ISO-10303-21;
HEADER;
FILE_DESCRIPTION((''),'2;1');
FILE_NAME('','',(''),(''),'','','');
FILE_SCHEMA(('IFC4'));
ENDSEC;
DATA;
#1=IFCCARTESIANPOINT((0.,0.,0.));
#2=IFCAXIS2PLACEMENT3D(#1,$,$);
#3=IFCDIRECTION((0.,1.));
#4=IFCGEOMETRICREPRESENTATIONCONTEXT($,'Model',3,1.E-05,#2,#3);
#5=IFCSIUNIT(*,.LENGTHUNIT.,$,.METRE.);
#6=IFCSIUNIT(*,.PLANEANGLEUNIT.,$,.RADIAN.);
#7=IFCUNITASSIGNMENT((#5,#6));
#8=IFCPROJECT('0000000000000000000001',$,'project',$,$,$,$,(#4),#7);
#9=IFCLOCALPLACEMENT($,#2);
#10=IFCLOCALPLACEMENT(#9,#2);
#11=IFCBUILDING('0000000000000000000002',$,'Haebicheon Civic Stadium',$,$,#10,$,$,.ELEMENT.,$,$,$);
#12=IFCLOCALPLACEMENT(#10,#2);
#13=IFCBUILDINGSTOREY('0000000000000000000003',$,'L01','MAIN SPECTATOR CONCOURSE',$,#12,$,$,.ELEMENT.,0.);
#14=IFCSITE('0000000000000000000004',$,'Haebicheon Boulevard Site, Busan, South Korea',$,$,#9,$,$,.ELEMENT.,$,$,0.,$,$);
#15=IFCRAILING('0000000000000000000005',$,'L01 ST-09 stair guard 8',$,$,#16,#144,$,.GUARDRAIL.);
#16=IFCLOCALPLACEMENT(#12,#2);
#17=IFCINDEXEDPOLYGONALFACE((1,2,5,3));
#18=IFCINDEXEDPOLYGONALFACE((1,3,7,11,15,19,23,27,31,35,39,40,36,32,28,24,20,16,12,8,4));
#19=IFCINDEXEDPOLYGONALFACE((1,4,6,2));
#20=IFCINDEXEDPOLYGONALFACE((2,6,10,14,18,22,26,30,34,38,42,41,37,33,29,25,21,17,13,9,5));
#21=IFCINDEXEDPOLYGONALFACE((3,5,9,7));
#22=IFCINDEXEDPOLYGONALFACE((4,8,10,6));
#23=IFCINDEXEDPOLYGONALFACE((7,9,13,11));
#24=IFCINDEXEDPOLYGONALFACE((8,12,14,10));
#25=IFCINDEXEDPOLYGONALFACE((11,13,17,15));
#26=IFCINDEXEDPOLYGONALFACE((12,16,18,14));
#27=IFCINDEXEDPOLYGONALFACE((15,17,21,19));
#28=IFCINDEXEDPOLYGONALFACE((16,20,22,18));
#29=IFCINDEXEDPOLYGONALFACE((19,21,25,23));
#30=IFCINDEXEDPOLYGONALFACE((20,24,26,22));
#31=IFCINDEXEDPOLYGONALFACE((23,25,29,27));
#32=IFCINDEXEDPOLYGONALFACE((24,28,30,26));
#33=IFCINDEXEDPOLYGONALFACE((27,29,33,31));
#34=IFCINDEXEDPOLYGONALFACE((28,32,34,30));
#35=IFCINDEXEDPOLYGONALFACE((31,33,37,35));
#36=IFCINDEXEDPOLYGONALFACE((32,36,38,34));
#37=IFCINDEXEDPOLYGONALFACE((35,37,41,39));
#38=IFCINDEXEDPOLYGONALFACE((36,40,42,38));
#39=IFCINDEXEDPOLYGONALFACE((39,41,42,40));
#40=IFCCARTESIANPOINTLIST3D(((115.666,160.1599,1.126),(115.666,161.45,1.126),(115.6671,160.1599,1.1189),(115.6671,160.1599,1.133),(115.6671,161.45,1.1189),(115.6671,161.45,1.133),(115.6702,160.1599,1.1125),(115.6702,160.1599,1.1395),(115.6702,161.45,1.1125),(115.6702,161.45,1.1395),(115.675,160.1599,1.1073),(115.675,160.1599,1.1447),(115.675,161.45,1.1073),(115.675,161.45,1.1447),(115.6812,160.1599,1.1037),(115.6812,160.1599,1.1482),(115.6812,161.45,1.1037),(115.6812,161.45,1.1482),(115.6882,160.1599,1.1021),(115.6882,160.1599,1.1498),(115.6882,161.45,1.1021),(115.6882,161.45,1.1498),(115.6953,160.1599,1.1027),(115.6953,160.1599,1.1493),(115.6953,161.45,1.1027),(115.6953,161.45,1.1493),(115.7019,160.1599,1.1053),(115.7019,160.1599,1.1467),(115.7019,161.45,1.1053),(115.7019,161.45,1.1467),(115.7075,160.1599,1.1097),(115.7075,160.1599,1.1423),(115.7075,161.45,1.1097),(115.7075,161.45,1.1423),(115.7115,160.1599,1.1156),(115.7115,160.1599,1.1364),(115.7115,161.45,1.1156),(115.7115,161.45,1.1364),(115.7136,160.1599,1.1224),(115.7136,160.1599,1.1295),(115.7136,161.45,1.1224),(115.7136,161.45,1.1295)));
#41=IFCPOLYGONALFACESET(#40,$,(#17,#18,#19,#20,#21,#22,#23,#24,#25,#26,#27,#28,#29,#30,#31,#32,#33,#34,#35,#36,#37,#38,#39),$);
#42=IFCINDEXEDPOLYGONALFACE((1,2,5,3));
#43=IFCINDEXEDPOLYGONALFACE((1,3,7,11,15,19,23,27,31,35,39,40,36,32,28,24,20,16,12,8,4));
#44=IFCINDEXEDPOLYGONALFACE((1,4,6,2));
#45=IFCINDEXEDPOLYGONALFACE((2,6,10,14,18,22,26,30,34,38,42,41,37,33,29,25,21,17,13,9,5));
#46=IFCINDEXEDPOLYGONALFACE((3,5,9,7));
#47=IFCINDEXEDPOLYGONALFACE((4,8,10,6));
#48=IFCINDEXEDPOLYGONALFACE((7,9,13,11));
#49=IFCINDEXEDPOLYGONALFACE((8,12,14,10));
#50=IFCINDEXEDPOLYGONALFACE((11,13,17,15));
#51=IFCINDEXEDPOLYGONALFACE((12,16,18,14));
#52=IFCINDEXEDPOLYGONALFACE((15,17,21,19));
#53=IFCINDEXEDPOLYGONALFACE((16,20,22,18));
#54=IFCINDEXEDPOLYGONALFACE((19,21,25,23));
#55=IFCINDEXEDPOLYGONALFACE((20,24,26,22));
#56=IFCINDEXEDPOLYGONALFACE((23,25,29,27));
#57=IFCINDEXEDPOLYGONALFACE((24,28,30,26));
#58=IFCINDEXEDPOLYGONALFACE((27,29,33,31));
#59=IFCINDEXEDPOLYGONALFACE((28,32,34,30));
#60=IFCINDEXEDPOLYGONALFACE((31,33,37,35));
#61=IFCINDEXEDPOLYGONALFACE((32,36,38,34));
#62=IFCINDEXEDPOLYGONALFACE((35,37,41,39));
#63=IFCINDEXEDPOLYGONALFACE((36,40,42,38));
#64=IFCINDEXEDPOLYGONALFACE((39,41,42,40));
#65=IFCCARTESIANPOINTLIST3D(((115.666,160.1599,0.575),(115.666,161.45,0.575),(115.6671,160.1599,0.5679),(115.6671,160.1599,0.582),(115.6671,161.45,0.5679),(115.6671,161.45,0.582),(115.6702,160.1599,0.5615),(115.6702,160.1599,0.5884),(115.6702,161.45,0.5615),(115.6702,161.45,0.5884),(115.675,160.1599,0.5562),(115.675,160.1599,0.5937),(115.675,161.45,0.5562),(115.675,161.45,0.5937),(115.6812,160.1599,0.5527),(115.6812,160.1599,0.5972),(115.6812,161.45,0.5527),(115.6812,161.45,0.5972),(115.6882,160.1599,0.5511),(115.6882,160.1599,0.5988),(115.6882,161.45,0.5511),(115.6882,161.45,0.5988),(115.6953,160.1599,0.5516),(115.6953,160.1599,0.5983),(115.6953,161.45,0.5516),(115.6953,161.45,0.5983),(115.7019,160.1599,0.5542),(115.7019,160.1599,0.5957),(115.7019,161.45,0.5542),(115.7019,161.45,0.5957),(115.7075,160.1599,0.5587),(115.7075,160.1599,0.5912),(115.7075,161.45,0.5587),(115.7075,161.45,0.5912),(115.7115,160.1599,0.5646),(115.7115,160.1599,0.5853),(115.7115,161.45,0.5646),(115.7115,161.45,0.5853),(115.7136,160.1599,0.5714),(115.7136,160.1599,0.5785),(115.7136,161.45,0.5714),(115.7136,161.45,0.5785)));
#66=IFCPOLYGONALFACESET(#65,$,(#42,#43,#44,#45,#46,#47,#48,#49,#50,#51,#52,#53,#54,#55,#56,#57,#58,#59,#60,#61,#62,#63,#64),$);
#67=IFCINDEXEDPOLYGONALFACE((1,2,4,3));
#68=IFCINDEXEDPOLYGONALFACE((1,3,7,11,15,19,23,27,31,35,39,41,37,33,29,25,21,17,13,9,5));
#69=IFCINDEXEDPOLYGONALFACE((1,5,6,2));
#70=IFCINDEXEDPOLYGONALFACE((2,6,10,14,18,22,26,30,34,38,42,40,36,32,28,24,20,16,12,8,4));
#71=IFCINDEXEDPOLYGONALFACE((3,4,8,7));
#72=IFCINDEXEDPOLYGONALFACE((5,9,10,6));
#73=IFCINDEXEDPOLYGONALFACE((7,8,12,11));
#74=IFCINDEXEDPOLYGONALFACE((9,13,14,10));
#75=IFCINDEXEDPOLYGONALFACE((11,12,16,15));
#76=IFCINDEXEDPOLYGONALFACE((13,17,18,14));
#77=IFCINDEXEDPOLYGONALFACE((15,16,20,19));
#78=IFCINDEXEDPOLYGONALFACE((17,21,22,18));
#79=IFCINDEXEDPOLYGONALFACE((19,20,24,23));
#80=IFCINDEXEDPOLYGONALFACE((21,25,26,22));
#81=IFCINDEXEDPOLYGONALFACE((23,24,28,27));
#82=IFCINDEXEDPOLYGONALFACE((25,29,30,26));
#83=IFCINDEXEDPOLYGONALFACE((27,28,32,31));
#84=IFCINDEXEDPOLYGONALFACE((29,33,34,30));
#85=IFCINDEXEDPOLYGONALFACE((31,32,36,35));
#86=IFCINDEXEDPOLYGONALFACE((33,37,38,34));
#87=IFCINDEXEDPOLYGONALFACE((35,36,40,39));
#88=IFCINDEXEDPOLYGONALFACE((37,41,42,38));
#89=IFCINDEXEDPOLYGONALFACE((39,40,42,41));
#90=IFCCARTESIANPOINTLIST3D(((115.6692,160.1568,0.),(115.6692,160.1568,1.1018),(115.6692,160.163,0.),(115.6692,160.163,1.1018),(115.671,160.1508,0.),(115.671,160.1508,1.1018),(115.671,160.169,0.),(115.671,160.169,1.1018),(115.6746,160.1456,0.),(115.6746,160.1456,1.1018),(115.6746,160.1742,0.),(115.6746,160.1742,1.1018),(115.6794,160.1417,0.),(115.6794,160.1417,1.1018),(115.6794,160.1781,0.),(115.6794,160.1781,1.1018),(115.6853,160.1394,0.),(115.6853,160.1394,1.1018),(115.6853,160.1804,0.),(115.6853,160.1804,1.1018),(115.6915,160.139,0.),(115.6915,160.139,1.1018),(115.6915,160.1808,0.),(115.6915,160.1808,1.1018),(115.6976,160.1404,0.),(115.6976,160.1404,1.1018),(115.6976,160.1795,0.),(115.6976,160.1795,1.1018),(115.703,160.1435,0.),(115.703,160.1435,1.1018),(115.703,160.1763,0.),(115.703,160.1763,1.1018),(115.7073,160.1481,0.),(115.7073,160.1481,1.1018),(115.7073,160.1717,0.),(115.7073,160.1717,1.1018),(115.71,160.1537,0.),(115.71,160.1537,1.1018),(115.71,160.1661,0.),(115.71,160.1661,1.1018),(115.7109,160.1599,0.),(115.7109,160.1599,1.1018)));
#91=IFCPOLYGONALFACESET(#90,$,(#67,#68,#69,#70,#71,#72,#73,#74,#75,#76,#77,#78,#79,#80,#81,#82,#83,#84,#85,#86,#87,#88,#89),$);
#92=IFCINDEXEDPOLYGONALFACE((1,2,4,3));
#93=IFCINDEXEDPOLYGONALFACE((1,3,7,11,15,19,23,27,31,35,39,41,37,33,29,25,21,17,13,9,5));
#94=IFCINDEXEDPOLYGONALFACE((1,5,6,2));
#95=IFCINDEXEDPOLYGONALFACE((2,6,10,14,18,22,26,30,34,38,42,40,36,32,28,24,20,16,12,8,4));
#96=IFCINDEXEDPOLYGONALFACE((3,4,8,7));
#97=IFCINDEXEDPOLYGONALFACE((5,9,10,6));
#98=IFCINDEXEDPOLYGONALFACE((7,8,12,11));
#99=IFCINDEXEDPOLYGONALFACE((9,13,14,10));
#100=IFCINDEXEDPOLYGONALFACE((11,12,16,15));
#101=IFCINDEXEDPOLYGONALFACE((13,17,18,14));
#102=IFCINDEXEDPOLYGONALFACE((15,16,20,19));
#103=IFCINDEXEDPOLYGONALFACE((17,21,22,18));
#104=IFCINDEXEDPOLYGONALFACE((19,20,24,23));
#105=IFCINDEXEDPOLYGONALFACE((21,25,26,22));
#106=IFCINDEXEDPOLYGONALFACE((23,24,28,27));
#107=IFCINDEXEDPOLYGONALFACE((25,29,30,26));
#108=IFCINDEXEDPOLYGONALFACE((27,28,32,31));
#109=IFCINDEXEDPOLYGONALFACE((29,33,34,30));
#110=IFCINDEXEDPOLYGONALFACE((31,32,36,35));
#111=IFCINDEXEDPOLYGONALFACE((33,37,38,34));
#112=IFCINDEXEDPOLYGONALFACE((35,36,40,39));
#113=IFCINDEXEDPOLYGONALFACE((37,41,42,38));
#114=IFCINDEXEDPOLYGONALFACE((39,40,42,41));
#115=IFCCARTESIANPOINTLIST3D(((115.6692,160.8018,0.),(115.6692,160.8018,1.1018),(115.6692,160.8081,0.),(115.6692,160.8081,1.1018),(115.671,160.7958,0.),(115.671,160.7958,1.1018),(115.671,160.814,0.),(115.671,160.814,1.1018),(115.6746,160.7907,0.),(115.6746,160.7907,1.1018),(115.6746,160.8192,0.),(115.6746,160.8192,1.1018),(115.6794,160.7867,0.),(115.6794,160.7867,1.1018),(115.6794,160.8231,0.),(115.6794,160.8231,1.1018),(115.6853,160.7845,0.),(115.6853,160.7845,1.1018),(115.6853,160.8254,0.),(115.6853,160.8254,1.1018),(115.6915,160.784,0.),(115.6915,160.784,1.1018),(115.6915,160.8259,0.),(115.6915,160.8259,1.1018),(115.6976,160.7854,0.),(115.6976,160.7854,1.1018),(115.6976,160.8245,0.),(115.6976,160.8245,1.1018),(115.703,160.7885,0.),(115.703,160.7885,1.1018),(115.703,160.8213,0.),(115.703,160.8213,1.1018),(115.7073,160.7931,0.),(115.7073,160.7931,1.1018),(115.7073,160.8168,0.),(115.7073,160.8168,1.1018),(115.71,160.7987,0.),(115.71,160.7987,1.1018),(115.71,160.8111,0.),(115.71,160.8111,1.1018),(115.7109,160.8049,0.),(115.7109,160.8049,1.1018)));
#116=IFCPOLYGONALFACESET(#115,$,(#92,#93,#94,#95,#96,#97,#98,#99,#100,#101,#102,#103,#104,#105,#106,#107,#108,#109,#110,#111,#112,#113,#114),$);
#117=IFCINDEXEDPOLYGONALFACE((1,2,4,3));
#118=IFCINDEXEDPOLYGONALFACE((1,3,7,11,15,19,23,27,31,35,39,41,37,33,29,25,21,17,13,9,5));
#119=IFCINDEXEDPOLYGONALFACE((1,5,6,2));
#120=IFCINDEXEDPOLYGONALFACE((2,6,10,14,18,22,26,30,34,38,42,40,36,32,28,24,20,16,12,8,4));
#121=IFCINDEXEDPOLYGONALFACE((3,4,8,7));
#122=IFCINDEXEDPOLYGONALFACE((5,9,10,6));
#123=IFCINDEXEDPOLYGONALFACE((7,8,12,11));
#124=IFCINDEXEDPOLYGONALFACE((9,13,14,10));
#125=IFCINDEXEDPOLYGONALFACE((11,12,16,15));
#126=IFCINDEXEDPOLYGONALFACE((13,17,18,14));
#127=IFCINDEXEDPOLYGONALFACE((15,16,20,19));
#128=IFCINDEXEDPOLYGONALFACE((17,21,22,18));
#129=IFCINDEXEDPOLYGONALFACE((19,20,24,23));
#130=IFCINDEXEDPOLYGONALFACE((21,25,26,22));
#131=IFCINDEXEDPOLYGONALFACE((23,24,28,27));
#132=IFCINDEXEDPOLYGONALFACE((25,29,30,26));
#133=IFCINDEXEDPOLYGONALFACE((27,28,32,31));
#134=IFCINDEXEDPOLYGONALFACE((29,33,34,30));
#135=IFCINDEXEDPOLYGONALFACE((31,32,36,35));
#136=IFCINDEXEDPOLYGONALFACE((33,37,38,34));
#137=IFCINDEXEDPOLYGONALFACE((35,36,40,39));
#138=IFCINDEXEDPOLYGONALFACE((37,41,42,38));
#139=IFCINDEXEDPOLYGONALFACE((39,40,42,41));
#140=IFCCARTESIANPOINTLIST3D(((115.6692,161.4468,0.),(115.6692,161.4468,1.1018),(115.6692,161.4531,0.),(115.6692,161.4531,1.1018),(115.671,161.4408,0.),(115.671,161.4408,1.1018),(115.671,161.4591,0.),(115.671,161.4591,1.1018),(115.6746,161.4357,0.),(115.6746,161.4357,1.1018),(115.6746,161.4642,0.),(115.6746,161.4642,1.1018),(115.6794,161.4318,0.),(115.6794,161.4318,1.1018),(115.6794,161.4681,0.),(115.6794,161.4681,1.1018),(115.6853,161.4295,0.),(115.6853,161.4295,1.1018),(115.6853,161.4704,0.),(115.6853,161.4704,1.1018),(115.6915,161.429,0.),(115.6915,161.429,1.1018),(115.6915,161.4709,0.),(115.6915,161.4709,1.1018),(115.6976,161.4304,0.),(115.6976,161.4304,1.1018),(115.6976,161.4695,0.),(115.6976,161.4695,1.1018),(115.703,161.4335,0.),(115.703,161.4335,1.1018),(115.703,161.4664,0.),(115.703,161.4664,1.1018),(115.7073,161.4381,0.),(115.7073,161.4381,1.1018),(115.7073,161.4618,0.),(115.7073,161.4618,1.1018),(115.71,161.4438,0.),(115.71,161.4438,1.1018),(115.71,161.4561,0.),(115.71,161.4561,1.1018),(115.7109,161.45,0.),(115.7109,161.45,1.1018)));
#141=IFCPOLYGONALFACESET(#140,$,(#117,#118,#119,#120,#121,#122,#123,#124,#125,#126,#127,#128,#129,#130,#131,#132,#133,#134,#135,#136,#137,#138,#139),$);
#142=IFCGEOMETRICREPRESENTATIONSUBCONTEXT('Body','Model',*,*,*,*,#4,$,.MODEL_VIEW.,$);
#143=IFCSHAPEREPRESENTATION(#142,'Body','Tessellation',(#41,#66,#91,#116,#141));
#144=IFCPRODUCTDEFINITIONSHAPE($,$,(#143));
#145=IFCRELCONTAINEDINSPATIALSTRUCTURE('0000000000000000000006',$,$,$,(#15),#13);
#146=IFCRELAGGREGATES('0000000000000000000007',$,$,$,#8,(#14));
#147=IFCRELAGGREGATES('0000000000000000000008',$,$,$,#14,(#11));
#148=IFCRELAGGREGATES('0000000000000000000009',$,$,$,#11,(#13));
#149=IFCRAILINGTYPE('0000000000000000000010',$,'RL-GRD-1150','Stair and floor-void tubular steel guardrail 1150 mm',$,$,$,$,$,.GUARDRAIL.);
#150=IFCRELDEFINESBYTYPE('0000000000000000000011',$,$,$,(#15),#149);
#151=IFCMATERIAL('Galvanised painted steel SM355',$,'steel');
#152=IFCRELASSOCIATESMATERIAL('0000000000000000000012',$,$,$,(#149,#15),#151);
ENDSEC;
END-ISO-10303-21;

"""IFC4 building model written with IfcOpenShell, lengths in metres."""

from ifc_helpers import new_model, si_unit, direction, frame, origin, origin_2d, place, context, subcontext, project, spatial, circle, extrude, material, type_object, element, save


model = new_model("IFC4")

# Units and contexts
model_context = context("Model", 3, precision=1e-05, world=origin(), true_north=direction((0.0, 1.0)))
body_context = subcontext(model_context, "Body", "Model", "MODEL_VIEW")
ifc_project = project(units=[si_unit("LENGTHUNIT", "METRE"), si_unit("PLANEANGLEUNIT", "RADIAN")], contexts=[model_context])

# Site, building, storey
site_placement = place(None, origin())
site = spatial("IfcSite", under=ifc_project, at=site_placement, Name="Haebicheon Boulevard Site, Busan, South Korea", CompositionType="ELEMENT", RefElevation=0.0)
building_placement = place(site_placement, origin())
building = spatial("IfcBuilding", under=site, at=building_placement, Name="Haebicheon Civic Stadium", CompositionType="ELEMENT")
storey_placement = place(building_placement, origin())
storey = spatial("IfcBuildingStorey", under=building, at=storey_placement, Name="L01", Description="MAIN SPECTATOR CONCOURSE", CompositionType="ELEMENT", Elevation=0.0)

# Railing
ifc_material_1 = material(Name="Galvanised painted steel SM355", Category="steel")
railing_type_1 = type_object("IfcRailingType", Name="RL-GRD-1150", Description="Stair and floor-void tubular steel guardrail 1150 mm", PredefinedType="GUARDRAIL", material=ifc_material_1)
railing_1_placement = place(storey_placement, frame((115.6899, 160.1599, 0.0)))
element("IfcRailing", 1, at=railing_1_placement, inside=storey, type_object=railing_type_1, material=ifc_material_1, Name="L01 ST-09 stair guard 8", PredefinedType="GUARDRAIL", context=body_context, shape_type="SweptSolid", body=[
    extrude(circle(Radius=0.0239, at=origin_2d()), frame((0.0, 0.0, 1.126), z_axis=(0.0, 1.0, 0.0), x_axis=(-1.0, 0.0, 0.0)), (0.0, 0.0, 1.0), 1.29),
    extrude(circle(Radius=0.0239, at=origin_2d()), frame((0.0, 0.0, 0.575), z_axis=(0.0, 1.0, 0.0), x_axis=(-1.0, 0.0, 0.0)), (0.0, 0.0, 1.0), 1.29),
    extrude(circle(Radius=0.021, at=origin_2d()), origin(), (0.0, 0.0, 1.0), 1.1018),
    extrude(circle(Radius=0.021, at=origin_2d()), frame((0.0, 0.645, 0.0)), (0.0, 0.0, 1.0), 1.1018),
    extrude(circle(Radius=0.021, at=origin_2d()), frame((0.0, 1.29, 0.0)), (0.0, 0.0, 1.0), 1.1018),
])

save(model, "model.ifc")
